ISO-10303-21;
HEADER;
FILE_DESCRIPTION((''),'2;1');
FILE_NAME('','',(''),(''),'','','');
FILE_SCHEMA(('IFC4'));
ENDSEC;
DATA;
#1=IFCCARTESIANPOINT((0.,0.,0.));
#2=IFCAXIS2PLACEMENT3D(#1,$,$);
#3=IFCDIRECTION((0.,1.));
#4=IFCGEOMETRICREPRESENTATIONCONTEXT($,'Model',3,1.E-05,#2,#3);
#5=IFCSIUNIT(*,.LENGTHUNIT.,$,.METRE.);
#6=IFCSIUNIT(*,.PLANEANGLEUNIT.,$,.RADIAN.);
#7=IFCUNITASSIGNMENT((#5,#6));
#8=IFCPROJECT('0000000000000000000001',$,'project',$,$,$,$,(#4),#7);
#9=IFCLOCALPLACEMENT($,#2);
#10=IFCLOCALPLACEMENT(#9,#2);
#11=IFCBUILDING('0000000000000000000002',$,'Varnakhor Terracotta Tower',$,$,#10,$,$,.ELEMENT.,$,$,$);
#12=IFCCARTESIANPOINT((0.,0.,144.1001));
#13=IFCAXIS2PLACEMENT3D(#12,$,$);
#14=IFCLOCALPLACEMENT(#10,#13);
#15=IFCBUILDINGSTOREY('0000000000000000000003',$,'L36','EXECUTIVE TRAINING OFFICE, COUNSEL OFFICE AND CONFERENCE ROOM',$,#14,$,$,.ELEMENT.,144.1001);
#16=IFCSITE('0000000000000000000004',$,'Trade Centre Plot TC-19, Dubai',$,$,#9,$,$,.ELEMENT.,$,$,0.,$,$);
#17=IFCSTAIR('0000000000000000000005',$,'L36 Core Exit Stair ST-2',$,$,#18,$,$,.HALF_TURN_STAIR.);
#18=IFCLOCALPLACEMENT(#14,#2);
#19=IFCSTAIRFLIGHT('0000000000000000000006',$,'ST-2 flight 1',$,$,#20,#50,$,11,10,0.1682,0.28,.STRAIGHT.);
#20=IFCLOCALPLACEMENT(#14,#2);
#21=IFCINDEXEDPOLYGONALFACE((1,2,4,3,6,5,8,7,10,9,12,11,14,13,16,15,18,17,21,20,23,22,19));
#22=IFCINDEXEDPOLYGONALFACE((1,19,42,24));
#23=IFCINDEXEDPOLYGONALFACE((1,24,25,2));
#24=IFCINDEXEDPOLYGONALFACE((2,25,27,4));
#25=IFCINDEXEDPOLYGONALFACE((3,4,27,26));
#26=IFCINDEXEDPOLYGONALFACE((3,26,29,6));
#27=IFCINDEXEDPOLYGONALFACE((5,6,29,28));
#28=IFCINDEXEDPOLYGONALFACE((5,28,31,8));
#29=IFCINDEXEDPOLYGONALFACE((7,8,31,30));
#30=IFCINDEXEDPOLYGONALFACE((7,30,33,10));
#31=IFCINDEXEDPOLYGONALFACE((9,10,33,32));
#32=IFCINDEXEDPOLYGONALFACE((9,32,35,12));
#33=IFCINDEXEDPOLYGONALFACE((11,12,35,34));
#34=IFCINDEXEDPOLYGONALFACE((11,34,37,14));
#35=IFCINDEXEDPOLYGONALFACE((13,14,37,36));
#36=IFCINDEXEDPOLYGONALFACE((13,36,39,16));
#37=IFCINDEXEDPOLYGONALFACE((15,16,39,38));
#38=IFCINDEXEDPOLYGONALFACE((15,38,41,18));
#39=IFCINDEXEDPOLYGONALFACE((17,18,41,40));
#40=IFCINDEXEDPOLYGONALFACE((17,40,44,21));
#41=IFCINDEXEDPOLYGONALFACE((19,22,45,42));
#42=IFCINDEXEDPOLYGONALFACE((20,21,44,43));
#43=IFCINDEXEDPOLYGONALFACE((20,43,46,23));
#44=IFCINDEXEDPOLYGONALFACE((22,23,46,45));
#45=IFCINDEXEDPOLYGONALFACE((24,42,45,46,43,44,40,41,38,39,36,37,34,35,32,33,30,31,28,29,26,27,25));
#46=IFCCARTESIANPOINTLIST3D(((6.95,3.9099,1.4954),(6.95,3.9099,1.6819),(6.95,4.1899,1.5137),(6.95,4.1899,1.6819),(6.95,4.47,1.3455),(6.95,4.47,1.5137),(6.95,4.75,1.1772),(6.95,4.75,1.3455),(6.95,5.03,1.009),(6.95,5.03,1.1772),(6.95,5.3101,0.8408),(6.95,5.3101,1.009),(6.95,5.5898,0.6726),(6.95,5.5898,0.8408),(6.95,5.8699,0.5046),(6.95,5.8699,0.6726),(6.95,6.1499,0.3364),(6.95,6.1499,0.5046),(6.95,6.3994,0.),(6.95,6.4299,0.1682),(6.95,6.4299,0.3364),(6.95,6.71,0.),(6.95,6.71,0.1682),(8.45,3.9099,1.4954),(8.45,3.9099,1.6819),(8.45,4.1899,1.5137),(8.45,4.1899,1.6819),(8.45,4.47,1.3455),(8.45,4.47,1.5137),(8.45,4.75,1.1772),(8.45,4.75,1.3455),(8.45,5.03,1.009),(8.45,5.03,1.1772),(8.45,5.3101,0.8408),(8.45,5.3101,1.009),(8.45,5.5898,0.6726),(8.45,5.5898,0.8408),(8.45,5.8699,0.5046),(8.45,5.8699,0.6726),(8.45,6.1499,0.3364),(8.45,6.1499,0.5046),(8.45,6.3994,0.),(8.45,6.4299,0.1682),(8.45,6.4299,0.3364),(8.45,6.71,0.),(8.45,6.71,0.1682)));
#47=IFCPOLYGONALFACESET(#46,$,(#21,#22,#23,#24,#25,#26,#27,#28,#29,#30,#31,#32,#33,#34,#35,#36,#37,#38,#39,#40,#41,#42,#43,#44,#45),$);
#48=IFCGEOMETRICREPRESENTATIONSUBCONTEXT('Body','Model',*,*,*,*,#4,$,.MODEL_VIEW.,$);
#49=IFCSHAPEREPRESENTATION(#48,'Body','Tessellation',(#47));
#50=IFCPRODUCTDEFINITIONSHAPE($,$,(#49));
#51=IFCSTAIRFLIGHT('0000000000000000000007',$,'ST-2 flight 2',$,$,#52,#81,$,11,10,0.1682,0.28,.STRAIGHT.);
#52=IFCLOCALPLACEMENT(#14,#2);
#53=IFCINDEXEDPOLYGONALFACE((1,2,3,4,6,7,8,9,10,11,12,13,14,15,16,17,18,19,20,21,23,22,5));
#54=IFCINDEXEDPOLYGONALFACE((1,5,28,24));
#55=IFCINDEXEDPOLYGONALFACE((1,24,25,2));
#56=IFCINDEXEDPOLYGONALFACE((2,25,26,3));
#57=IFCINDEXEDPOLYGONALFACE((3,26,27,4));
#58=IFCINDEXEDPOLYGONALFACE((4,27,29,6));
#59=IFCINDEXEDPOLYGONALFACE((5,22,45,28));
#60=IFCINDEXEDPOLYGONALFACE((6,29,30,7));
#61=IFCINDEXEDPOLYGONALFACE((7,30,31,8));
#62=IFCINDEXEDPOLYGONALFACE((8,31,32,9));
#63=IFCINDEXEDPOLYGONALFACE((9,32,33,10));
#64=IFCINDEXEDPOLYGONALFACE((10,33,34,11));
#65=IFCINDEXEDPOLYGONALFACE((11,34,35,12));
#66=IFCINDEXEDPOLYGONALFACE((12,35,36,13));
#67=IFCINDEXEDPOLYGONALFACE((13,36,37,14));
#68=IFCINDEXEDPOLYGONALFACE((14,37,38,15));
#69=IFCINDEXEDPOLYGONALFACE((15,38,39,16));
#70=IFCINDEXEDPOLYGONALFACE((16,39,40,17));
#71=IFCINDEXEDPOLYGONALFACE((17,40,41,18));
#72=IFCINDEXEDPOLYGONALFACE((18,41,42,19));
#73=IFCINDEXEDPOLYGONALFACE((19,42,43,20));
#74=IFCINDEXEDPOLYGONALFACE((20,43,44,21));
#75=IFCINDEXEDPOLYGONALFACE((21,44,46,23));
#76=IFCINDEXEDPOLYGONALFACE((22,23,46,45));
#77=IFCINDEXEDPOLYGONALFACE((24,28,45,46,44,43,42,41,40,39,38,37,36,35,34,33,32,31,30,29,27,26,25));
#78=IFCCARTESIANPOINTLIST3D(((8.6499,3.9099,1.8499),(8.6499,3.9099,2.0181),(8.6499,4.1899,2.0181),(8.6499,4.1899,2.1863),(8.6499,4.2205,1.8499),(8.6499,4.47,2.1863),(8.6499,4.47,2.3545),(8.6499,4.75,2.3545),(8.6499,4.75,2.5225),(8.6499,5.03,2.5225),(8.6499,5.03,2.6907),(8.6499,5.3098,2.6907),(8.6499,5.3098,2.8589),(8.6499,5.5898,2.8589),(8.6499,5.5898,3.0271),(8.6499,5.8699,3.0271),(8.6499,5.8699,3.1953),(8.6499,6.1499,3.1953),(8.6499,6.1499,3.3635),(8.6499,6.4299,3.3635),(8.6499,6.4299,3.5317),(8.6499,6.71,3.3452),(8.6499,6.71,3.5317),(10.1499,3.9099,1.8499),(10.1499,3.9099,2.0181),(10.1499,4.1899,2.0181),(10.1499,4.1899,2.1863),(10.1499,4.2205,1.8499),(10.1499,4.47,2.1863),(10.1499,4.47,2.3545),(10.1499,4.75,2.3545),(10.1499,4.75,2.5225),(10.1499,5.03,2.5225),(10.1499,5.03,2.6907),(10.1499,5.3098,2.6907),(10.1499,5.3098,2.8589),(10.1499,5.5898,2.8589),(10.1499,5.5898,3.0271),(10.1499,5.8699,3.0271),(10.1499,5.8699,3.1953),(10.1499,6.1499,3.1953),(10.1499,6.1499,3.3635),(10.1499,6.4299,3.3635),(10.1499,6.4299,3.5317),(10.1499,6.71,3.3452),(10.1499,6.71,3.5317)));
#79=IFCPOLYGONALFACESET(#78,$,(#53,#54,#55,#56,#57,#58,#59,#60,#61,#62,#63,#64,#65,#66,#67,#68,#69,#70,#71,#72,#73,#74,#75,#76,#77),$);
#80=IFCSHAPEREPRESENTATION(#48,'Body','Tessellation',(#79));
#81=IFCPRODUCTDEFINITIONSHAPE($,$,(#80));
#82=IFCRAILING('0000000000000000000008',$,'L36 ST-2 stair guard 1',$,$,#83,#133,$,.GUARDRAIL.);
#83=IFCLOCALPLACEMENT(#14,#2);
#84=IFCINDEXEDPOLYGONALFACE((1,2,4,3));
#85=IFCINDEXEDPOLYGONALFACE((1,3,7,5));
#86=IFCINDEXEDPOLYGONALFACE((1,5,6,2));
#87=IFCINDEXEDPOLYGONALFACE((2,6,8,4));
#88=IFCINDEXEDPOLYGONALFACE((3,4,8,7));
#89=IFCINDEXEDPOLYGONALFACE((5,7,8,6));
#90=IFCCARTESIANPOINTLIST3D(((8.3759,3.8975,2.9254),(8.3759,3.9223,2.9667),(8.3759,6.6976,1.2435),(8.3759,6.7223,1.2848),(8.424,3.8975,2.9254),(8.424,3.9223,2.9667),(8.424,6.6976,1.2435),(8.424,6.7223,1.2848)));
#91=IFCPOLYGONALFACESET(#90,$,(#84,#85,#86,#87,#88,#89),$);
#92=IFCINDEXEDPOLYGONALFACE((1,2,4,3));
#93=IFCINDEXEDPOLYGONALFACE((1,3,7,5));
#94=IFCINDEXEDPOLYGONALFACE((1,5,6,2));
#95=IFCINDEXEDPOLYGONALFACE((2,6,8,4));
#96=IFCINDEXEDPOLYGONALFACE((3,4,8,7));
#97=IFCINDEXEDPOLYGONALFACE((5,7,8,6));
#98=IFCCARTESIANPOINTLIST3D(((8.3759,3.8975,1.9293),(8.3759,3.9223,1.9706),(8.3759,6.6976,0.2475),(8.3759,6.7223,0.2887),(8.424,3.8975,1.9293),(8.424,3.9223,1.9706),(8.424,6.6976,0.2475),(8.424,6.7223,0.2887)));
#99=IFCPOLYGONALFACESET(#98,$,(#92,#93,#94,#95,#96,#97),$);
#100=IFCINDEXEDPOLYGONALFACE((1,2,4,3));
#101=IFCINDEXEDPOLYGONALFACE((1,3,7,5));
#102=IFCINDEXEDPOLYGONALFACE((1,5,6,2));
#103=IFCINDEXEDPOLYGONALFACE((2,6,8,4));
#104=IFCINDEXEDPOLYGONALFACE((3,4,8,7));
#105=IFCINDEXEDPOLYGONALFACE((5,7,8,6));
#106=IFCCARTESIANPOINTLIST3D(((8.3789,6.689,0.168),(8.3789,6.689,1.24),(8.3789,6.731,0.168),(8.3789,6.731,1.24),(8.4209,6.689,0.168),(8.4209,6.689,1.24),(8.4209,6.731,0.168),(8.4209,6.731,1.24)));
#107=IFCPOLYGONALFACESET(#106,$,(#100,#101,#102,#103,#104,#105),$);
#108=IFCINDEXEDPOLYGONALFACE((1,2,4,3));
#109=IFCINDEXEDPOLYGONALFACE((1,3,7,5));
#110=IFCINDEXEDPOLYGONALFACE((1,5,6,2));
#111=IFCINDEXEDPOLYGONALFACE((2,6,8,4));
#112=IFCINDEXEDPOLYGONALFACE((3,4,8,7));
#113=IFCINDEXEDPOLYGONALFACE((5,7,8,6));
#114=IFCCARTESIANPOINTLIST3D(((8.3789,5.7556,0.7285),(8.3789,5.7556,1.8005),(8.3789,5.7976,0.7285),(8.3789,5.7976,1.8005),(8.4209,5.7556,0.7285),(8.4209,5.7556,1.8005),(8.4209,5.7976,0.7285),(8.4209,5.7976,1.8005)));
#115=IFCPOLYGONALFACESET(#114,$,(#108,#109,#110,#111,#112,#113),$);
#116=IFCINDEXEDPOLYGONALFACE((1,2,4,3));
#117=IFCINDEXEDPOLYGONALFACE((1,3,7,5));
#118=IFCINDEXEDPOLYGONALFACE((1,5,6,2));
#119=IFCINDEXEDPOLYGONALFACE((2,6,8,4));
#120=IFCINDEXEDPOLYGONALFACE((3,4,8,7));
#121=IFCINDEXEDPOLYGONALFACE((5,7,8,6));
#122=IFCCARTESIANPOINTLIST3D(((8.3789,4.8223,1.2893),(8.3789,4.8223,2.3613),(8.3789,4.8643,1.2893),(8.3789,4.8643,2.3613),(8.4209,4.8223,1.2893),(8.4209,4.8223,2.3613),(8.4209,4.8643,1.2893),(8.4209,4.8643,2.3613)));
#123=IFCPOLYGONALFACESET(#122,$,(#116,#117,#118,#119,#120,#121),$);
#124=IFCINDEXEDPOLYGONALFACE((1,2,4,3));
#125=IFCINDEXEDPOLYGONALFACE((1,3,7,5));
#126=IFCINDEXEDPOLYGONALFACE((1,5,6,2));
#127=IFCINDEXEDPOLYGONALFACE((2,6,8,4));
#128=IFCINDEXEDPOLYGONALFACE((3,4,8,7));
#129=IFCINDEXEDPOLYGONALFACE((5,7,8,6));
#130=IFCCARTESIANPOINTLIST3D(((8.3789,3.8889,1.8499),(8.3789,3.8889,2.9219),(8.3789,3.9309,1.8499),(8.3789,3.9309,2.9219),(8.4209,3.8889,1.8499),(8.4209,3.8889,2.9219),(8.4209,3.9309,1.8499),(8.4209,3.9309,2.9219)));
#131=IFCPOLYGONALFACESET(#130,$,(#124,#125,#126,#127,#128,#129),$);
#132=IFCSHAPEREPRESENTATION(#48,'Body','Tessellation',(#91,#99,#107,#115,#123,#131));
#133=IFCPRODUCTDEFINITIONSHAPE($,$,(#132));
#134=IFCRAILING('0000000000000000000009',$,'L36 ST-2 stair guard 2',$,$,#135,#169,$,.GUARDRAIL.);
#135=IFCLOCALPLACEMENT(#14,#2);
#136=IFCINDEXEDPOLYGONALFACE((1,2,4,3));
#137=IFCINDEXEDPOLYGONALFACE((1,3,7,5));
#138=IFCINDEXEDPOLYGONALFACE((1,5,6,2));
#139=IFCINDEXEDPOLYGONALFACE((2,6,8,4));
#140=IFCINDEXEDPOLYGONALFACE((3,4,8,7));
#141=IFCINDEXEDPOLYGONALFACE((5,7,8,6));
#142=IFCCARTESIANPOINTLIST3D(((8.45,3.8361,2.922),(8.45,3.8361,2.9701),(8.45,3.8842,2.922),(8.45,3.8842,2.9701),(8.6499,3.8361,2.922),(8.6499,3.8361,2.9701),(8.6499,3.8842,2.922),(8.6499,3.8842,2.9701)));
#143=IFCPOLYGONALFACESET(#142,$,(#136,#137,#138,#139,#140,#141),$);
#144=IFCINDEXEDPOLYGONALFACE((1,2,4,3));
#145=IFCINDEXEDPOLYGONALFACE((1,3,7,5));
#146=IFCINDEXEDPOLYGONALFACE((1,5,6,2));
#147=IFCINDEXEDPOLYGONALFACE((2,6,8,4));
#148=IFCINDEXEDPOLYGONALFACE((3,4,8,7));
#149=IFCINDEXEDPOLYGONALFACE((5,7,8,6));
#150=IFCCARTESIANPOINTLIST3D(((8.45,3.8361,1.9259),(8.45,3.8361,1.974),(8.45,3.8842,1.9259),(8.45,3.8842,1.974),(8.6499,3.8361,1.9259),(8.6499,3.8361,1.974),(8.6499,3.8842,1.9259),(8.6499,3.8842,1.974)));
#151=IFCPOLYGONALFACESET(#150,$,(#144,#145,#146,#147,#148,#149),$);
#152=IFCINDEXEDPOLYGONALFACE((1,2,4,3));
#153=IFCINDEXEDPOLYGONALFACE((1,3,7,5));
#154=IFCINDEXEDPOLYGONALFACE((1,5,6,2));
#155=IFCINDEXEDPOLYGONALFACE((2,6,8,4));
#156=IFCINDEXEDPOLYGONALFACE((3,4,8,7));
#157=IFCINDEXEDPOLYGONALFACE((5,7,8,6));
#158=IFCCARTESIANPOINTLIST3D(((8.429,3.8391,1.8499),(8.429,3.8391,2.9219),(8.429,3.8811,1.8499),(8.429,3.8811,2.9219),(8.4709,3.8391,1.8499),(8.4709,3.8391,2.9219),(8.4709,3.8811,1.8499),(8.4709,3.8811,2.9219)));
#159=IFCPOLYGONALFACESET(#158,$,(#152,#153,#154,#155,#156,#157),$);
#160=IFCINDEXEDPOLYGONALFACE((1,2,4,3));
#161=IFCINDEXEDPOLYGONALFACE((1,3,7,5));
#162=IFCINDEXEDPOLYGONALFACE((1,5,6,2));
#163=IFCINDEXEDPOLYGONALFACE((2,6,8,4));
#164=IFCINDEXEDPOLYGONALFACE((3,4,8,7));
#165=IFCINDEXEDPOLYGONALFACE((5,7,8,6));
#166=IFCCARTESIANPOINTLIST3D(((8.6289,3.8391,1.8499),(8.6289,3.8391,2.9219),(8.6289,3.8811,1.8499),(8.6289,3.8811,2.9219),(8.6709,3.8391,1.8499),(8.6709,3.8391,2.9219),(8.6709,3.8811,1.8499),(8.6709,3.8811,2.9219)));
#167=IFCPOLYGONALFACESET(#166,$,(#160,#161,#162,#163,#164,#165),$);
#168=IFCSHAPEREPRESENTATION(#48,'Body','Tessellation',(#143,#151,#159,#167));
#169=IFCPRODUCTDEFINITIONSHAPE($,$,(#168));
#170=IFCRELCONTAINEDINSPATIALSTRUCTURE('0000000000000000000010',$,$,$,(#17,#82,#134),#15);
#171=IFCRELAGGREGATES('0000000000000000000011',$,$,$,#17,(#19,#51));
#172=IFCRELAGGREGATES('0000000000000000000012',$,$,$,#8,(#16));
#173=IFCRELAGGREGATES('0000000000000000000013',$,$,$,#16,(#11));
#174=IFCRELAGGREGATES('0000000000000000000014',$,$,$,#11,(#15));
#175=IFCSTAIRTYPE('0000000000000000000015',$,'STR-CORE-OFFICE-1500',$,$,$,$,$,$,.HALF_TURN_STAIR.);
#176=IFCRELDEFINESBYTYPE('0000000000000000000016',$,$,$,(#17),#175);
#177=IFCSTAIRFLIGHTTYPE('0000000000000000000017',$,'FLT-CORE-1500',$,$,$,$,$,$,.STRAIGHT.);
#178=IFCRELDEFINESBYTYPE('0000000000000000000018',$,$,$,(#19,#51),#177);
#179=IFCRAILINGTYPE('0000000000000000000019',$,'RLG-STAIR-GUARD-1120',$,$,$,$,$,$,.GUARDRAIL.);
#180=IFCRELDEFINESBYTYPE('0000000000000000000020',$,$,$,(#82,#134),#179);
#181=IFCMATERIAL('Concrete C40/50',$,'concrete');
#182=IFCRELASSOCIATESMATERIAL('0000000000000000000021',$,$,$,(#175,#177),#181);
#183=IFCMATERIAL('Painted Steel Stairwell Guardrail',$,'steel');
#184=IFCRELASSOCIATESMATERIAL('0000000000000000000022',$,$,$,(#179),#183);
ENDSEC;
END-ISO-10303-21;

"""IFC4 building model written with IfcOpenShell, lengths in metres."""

from ifc_helpers import new_model, si_unit, direction, frame, origin, origin_2d, place, context, subcontext, project, spatial, polyline, rectangle, outline, extrude, material, type_object, element, aggregate, save


model = new_model("IFC4")

# Units and contexts
model_context = context("Model", 3, precision=1e-05, world=origin(), true_north=direction((0.0, 1.0)))
body_context = subcontext(model_context, "Body", "Model", "MODEL_VIEW")
ifc_project = project(units=[si_unit("LENGTHUNIT", "METRE"), si_unit("PLANEANGLEUNIT", "RADIAN")], contexts=[model_context])

# Site, building, storey
site_placement = place(None, origin())
site = spatial("IfcSite", under=ifc_project, at=site_placement, Name="Trade Centre Plot TC-19, Dubai", CompositionType="ELEMENT", RefElevation=0.0)
building_placement = place(site_placement, origin())
building = spatial("IfcBuilding", under=site, at=building_placement, Name="Varnakhor Terracotta Tower", CompositionType="ELEMENT")
storey_placement = place(building_placement, frame((0.0, 0.0, 144.1001)))
storey = spatial("IfcBuildingStorey", under=building, at=storey_placement, Name="L36", Description="EXECUTIVE TRAINING OFFICE, COUNSEL OFFICE AND CONFERENCE ROOM", CompositionType="ELEMENT", Elevation=144.1001)

# Stair
ifc_material_1 = material(Name="Concrete C40/50", Category="concrete")
stair_type = type_object("IfcStairType", Name="STR-CORE-OFFICE-1500", PredefinedType="HALF_TURN_STAIR", material=ifc_material_1)
stair_1_placement = place(storey_placement, origin())
stair_1 = element("IfcStair", 1, at=stair_1_placement, inside=storey, type_object=stair_type, Name="L36 Core Exit Stair ST-2", PredefinedType="HALF_TURN_STAIR")

# Stair flights
stair_flight_type = type_object("IfcStairFlightType", Name="FLT-CORE-1500", PredefinedType="STRAIGHT", material=ifc_material_1)
stair_flight_1_placement = place(storey_placement, frame((7.7, 6.71, 0.0), z_axis=(0.0, 0.0, 1.0), x_axis=(0.0, -1.0, 0.0)))
stair_flight_1 = element("IfcStairFlight", 2, at=stair_flight_1_placement, type_object=stair_flight_type, Name="ST-2 flight 1", NumberOfRisers=11, NumberOfTreads=10, PredefinedType="STRAIGHT", RiserHeight=0.1682, TreadLength=0.28, context=body_context, shape_type="SweptSolid", body=[
    extrude(outline(polyline([(0.0, 0.0), (0.0, 0.1682), (0.28, 0.1682), (0.28, 0.3364), (0.5601, 0.3364), (0.5601, 0.5046), (0.8401, 0.5046), (0.8401, 0.6726), (1.1201, 0.6726), (1.1201, 0.8408), (1.3999, 0.8408), (1.3999, 1.009), (1.6799, 1.009), (1.6799, 1.1772), (1.96, 1.1772), (1.96, 1.3455), (2.24, 1.3455), (2.24, 1.5137), (2.52, 1.5137), (2.52, 1.6819), (2.8, 1.6819), (2.8, 1.8501), (2.8, 1.4954), (0.3105, 0.0), (0.0, 0.0)])), frame((0.0, 0.75, 0.0), z_axis=(0.0, -1.0, 0.0), x_axis=(1.0, 0.0, 0.0)), (0.0, 0.0, 1.0), 1.5),
])
stair_flight_2_placement = place(storey_placement, frame((9.3999, 3.9099, 1.8499), z_axis=(0.0, 0.0, 1.0), x_axis=(0.0, 1.0, 0.0)))
stair_flight_2 = element("IfcStairFlight", 3, at=stair_flight_2_placement, type_object=stair_flight_type, Name="ST-2 flight 2", NumberOfRisers=11, NumberOfTreads=10, PredefinedType="STRAIGHT", RiserHeight=0.1682, TreadLength=0.28, context=body_context, shape_type="SweptSolid", body=[
    extrude(outline(polyline([(0.0, 0.0), (0.0, 0.1682), (0.28, 0.1682), (0.28, 0.3364), (0.5601, 0.3364), (0.5601, 0.5046), (0.8401, 0.5046), (0.8401, 0.6726), (1.1201, 0.6726), (1.1201, 0.8408), (1.3999, 0.8408), (1.3999, 1.009), (1.6799, 1.009), (1.6799, 1.1772), (1.96, 1.1772), (1.96, 1.3455), (2.24, 1.3455), (2.24, 1.5137), (2.52, 1.5137), (2.52, 1.6819), (2.8, 1.6819), (2.8, 1.8501), (2.8, 1.4954), (0.3105, 0.0), (0.0, 0.0)])), frame((0.0, 0.75, 0.0), z_axis=(0.0, -1.0, 0.0), x_axis=(1.0, 0.0, 0.0)), (0.0, 0.0, 1.0), 1.5),
])
aggregate(stair_1, [stair_flight_1, stair_flight_2])

# Railings
ifc_material_2 = material(Name="Painted Steel Stairwell Guardrail", Category="steel")
railing_type_1 = type_object("IfcRailingType", Name="RLG-STAIR-GUARD-1120", PredefinedType="GUARDRAIL", material=ifc_material_2)
railing_1_placement = place(storey_placement, frame((8.3999, 6.71, 0.168)))
element("IfcRailing", 4, at=railing_1_placement, inside=storey, type_object=railing_type_1, Name="L36 ST-2 stair guard 1", PredefinedType="GUARDRAIL", context=body_context, shape_type="SweptSolid", body=[
    extrude(rectangle(XDim=0.0481, YDim=0.0481, at=origin_2d()), frame((0.0, 0.0, 1.0962), z_axis=(0.0, -0.857242, 0.514913), x_axis=(1.0, 0.0, 0.0)), (0.0, 0.0, 1.0), 3.2664),
    extrude(rectangle(XDim=0.0481, YDim=0.0481, at=origin_2d()), frame((0.0, 0.0, 0.1001), z_axis=(0.0, -0.857242, 0.514913), x_axis=(1.0, 0.0, 0.0)), (0.0, 0.0, 1.0), 3.2664),
    extrude(rectangle(XDim=0.042, YDim=0.042, at=origin_2d()), origin(), (0.0, 0.0, 1.0), 1.072),
    extrude(rectangle(XDim=0.042, YDim=0.042, at=origin_2d()), frame((0.0, -0.9333, 0.5605)), (0.0, 0.0, 1.0), 1.072),
    extrude(rectangle(XDim=0.042, YDim=0.042, at=origin_2d()), frame((0.0, -1.8667, 1.1213)), (0.0, 0.0, 1.0), 1.072),
    extrude(rectangle(XDim=0.042, YDim=0.042, at=origin_2d()), frame((0.0, -2.8, 1.6819)), (0.0, 0.0, 1.0), 1.072),
])
railing_2_placement = place(storey_placement, frame((8.45, 3.8601, 1.8499)))
element("IfcRailing", 5, at=railing_2_placement, inside=storey, type_object=railing_type_1, Name="L36 ST-2 stair guard 2", PredefinedType="GUARDRAIL", context=body_context, shape_type="SweptSolid", body=[
    extrude(rectangle(XDim=0.0481, YDim=0.0481, at=origin_2d()), frame((0.0, 0.0, 1.0962), z_axis=(1.0, 0.0, 0.0), x_axis=(0.0, 1.0, 0.0)), (0.0, 0.0, 1.0), 0.2),
    extrude(rectangle(XDim=0.0481, YDim=0.0481, at=origin_2d()), frame((0.0, 0.0, 0.1001), z_axis=(1.0, 0.0, 0.0), x_axis=(0.0, 1.0, 0.0)), (0.0, 0.0, 1.0), 0.2),
    extrude(rectangle(XDim=0.042, YDim=0.042, at=origin_2d()), origin(), (0.0, 0.0, 1.0), 1.072),
    extrude(rectangle(XDim=0.042, YDim=0.042, at=origin_2d()), frame((0.2, 0.0, 0.0)), (0.0, 0.0, 1.0), 1.072),
])

save(model, "model.ifc")
